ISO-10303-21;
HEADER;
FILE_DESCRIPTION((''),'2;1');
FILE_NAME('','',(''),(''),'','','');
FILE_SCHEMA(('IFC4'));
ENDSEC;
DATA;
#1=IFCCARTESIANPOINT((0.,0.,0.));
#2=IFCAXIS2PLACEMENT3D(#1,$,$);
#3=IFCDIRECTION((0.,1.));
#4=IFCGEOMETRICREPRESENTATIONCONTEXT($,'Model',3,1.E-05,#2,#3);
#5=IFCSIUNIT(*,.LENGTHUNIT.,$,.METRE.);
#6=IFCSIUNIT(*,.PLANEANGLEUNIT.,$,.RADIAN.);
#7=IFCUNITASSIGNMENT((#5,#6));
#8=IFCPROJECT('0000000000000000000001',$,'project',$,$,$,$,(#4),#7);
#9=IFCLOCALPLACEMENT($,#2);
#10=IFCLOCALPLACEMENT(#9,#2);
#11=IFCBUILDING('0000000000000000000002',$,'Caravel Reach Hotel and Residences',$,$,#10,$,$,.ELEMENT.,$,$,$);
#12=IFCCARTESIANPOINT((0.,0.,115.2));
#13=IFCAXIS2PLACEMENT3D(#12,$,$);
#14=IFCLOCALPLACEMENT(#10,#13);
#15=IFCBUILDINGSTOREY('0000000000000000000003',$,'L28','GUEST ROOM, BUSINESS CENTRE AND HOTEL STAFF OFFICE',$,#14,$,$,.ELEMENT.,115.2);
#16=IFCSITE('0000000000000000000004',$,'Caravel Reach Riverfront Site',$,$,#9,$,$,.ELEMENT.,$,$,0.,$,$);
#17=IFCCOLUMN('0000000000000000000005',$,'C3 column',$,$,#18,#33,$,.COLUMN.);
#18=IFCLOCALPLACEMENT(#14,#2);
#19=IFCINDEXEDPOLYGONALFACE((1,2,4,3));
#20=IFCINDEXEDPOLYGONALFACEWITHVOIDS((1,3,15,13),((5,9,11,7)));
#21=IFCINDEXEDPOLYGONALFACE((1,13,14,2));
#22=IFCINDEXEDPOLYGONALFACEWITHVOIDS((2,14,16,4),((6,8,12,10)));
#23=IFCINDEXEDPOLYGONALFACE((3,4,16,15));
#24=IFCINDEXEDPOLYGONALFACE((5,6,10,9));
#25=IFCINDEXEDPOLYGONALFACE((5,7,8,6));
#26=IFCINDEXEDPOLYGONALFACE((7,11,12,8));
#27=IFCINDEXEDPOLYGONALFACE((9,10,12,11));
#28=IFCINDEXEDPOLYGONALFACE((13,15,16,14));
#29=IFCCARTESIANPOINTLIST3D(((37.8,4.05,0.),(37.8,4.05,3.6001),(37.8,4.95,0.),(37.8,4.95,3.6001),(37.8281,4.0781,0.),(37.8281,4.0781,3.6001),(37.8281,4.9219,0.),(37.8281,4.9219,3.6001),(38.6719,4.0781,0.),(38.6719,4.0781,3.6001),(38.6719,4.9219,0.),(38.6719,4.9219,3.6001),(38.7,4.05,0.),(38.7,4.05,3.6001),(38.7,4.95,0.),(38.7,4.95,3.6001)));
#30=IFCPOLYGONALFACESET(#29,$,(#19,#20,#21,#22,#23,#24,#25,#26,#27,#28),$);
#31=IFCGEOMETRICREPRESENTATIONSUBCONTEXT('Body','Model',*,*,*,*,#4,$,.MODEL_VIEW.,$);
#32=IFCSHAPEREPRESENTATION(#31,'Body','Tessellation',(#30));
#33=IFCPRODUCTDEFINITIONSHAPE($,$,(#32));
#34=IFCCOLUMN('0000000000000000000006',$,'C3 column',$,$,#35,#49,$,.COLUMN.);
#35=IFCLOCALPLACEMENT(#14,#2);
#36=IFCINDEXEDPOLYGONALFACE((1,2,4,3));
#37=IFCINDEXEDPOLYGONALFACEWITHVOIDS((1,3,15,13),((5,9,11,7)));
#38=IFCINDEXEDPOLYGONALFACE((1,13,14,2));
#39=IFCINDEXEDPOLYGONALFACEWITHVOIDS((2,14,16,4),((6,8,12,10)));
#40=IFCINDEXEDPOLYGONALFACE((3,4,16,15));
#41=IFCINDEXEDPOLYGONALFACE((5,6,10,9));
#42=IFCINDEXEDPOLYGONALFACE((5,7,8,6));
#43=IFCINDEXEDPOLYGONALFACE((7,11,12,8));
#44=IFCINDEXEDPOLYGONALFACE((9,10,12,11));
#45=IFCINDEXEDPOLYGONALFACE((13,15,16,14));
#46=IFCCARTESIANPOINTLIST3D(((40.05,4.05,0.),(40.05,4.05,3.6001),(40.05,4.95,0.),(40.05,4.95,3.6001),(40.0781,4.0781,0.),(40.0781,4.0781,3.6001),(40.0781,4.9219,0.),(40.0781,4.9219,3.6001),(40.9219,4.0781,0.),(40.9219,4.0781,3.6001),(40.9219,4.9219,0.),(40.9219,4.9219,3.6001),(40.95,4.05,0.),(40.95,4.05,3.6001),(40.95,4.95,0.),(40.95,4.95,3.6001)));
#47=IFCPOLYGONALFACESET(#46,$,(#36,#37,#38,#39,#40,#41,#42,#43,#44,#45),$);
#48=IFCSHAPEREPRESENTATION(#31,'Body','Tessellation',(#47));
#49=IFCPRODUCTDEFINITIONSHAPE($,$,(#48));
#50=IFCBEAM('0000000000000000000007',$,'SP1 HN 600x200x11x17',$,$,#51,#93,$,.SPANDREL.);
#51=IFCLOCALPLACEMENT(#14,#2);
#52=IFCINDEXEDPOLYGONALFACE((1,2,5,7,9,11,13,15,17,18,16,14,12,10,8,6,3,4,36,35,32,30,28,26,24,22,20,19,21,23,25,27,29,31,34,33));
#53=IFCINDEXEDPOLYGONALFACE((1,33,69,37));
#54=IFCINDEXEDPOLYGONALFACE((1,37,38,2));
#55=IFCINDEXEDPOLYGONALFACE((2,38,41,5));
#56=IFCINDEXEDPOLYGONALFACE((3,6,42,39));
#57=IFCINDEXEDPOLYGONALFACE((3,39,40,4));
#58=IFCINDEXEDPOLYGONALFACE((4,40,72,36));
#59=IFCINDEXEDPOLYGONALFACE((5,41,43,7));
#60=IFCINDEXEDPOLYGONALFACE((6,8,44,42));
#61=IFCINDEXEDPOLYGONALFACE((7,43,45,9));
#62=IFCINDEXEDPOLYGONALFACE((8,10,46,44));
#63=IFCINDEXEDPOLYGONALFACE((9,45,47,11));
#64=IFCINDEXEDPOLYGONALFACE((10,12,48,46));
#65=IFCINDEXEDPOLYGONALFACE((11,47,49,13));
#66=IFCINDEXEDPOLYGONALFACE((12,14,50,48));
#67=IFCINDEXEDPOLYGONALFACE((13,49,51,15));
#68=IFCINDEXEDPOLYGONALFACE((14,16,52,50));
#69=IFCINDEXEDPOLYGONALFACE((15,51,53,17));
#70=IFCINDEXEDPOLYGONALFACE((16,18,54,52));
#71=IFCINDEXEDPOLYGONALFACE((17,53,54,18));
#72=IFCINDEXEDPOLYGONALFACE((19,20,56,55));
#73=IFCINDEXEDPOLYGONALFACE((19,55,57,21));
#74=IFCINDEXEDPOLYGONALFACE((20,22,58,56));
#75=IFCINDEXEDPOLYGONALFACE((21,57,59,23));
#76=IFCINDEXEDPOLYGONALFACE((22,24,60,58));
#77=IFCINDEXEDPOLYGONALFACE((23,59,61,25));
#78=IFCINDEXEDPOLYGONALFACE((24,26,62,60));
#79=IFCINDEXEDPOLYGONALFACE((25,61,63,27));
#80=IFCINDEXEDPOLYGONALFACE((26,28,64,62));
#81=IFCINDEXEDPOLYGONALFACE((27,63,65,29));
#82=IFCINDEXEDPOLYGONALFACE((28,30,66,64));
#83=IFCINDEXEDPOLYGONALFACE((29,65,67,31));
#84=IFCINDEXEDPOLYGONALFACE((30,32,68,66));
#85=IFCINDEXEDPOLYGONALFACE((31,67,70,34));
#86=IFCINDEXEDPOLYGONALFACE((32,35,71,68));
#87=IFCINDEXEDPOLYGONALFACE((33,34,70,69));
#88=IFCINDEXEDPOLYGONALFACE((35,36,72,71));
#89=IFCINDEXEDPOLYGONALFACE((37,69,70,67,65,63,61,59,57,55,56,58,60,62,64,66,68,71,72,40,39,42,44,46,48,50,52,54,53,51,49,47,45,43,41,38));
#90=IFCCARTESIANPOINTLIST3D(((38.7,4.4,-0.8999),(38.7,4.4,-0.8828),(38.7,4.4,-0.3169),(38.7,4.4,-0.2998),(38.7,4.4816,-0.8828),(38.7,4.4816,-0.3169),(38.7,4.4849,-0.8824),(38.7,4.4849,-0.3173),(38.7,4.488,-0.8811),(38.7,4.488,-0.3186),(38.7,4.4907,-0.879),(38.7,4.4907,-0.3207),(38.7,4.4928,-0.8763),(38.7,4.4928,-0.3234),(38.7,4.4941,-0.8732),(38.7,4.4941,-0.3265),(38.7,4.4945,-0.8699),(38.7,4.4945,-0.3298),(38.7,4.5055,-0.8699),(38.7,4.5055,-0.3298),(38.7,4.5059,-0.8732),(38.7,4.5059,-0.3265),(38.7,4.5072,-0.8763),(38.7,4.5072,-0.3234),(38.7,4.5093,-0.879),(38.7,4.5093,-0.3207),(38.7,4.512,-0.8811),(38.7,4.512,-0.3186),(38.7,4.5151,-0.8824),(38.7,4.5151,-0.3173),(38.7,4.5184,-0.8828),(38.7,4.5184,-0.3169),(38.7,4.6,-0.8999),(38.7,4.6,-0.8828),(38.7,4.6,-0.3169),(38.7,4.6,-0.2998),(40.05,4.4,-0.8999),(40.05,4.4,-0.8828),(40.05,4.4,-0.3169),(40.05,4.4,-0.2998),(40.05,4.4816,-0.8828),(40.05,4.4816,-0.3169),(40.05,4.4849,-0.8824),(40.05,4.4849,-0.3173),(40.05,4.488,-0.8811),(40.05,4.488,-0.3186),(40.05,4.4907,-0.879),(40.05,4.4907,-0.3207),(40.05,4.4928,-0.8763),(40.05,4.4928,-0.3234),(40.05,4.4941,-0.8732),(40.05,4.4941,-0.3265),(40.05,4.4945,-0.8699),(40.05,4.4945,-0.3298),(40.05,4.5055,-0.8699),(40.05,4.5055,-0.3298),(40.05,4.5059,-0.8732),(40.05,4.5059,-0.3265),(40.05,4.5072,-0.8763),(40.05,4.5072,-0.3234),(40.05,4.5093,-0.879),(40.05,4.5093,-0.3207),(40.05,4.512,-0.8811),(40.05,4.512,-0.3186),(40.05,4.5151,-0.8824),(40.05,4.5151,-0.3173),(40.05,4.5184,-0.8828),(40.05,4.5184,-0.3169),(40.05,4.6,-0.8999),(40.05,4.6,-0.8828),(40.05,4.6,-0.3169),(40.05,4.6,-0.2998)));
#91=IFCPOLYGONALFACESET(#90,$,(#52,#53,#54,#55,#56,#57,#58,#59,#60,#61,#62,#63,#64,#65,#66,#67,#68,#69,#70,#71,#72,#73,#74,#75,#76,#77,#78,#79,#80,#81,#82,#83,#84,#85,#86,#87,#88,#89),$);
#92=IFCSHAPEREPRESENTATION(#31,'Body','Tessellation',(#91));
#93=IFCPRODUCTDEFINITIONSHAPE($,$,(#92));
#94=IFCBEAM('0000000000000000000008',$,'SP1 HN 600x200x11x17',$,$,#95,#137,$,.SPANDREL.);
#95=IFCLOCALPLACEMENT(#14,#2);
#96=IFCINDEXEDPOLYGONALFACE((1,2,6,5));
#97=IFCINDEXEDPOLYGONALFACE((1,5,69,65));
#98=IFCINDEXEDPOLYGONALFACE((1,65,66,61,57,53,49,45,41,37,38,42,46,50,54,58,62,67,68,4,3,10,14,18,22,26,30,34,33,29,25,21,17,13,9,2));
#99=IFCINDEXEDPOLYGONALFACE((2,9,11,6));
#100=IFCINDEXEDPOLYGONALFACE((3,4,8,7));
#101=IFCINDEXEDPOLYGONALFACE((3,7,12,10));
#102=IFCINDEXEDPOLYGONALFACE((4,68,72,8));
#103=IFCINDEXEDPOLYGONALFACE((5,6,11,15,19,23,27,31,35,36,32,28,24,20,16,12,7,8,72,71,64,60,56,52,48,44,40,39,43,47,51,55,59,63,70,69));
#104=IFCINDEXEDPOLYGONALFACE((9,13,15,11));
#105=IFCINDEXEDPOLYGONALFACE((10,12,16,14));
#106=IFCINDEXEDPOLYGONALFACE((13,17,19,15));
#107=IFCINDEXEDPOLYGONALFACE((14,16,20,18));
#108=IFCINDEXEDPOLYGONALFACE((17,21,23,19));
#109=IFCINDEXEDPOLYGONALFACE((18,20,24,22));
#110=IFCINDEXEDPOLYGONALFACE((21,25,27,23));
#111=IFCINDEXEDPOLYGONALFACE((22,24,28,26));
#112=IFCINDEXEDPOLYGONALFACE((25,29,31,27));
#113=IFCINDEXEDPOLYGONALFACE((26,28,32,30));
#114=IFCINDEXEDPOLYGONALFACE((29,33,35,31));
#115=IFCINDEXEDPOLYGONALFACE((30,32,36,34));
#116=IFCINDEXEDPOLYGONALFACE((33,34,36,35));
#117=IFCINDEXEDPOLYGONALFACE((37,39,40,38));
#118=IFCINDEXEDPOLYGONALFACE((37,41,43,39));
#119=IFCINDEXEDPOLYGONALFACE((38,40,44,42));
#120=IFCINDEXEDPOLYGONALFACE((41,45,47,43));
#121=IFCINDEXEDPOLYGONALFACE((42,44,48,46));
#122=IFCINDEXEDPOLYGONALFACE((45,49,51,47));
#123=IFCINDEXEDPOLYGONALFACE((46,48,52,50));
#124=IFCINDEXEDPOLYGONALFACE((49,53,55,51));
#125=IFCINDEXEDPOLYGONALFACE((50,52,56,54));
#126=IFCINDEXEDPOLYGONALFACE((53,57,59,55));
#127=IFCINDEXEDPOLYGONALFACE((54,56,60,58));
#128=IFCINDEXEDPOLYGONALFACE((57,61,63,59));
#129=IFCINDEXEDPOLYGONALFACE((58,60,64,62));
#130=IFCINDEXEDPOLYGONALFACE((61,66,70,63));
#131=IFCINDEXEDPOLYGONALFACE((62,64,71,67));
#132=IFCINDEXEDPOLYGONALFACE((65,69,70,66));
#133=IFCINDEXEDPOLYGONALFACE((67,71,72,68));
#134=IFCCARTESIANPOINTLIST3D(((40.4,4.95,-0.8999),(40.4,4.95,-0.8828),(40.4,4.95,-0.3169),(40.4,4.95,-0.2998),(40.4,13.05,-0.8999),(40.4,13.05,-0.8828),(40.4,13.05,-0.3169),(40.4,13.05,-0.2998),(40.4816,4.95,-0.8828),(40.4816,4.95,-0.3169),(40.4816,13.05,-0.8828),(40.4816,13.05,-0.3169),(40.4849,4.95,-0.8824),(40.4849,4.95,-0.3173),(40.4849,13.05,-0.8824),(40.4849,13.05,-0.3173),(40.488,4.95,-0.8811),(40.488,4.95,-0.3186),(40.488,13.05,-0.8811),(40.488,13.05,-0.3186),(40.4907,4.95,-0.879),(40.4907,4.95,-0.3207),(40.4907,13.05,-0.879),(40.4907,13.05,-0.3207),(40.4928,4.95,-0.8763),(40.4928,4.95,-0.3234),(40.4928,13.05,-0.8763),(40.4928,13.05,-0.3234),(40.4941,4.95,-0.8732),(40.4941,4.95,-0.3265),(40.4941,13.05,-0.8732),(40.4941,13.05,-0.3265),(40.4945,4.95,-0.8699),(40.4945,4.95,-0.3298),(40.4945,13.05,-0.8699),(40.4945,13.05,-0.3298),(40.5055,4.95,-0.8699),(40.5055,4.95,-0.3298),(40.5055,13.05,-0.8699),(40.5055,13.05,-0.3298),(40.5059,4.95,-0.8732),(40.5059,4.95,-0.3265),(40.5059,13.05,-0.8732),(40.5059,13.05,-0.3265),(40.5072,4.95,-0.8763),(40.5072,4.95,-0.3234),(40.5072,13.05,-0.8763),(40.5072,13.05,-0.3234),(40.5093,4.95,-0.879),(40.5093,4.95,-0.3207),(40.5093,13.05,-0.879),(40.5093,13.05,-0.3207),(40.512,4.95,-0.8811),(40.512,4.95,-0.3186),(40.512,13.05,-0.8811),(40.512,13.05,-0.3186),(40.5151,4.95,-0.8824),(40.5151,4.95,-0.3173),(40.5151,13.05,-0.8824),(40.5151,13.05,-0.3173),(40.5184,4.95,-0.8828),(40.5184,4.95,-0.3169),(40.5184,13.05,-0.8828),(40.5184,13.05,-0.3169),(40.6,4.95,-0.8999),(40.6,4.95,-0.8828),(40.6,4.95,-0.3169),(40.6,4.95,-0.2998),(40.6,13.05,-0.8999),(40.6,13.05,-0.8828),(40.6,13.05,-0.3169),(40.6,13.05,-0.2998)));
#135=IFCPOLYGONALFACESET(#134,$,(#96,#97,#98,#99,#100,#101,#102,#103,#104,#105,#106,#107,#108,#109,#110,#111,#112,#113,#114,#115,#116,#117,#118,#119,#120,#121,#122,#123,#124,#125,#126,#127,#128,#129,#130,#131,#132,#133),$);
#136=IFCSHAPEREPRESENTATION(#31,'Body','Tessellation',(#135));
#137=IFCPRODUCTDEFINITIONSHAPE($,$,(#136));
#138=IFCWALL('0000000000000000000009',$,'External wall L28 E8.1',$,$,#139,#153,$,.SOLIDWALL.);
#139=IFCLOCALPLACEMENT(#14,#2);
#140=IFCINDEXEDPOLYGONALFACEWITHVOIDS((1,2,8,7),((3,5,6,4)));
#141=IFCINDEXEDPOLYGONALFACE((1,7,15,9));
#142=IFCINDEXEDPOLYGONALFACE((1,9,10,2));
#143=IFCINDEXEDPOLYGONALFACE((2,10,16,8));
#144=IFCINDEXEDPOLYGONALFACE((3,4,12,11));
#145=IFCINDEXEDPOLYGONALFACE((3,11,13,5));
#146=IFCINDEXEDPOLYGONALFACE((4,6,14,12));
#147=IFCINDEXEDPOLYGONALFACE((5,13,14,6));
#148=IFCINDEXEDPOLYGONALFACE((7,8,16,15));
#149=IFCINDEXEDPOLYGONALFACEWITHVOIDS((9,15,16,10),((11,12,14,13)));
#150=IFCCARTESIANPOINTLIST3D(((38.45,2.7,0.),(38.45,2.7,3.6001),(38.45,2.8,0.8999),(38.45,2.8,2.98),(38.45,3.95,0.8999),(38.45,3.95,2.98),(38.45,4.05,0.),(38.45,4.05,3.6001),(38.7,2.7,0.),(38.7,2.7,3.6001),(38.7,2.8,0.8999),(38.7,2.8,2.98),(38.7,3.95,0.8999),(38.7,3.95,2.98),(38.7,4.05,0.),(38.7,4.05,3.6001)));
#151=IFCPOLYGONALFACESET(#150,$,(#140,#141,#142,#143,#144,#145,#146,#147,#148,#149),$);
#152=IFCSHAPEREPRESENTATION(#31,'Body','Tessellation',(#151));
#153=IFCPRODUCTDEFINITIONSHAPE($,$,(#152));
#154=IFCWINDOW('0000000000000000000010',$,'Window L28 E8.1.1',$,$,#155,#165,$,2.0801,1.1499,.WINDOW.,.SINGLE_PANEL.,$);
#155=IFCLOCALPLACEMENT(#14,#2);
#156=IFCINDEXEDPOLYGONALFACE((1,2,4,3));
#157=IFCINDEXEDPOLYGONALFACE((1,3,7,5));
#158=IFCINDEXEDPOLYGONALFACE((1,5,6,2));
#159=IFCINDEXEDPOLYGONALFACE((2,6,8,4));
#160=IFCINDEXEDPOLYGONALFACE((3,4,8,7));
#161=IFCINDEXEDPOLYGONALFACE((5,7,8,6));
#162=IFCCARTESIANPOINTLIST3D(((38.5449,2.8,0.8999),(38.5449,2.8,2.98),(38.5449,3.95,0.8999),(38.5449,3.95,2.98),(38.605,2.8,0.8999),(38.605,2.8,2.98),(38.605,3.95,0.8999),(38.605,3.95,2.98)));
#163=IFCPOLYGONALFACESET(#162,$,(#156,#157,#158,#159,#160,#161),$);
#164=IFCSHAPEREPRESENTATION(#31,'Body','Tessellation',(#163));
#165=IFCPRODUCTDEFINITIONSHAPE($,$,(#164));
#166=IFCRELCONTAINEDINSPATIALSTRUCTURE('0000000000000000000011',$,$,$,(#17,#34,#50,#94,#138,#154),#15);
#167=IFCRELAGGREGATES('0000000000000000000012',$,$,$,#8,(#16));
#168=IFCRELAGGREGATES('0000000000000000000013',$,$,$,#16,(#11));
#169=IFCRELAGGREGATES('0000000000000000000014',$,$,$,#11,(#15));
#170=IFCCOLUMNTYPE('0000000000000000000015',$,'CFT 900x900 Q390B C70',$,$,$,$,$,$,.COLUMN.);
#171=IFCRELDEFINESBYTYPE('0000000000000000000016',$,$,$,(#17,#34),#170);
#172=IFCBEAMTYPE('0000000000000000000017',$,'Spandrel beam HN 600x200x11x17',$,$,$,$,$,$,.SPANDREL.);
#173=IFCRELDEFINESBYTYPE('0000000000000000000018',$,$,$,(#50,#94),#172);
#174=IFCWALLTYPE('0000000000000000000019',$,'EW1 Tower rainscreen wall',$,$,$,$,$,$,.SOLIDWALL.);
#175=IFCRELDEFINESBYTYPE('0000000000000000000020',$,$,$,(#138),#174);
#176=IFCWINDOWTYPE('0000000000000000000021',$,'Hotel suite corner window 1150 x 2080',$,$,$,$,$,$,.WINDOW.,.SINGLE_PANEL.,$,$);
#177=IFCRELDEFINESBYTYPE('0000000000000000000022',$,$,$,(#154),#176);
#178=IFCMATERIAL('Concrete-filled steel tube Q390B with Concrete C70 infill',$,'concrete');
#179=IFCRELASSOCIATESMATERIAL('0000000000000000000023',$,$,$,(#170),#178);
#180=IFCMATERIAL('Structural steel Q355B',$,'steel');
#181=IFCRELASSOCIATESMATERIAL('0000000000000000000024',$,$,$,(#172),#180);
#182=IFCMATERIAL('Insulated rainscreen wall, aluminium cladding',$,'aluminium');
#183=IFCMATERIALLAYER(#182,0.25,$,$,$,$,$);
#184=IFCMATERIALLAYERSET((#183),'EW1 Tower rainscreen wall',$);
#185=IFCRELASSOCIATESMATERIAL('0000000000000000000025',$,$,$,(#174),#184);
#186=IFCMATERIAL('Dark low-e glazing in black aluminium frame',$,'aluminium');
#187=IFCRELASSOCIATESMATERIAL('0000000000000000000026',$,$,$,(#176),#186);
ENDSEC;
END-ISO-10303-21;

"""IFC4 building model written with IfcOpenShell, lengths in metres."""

from ifc_helpers import new_model, si_unit, direction, frame, frame_2d, origin, origin_2d, place, context, subcontext, project, spatial, rectangle, hollow_rectangle, i_section, extrude, material, layer, layer_set, material_profile, profile_set, type_object, element, fill, save


model = new_model("IFC4")

# Units and contexts
model_context = context("Model", 3, precision=1e-05, world=origin(), true_north=direction((0.0, 1.0)))
body_context = subcontext(model_context, "Body", "Model", "MODEL_VIEW")
ifc_project = project(units=[si_unit("LENGTHUNIT", "METRE"), si_unit("PLANEANGLEUNIT", "RADIAN")], contexts=[model_context])

# Site, building, storey
site_placement = place(None, origin())
site = spatial("IfcSite", under=ifc_project, at=site_placement, Name="Caravel Reach Riverfront Site", CompositionType="ELEMENT", RefElevation=0.0)
building_placement = place(site_placement, origin())
building = spatial("IfcBuilding", under=site, at=building_placement, Name="Caravel Reach Hotel and Residences", CompositionType="ELEMENT")
storey_placement = place(building_placement, frame((0.0, 0.0, 115.2)))
storey = spatial("IfcBuildingStorey", under=building, at=storey_placement, Name="L28", Description="GUEST ROOM, BUSINESS CENTRE AND HOTEL STAFF OFFICE", CompositionType="ELEMENT", Elevation=115.2)

# Columns
ifc_material_1 = material(Name="Concrete-filled steel tube Q390B with Concrete C70 infill", Category="concrete")
ifc_material_profile_1 = material_profile(ifc_material_1, hollow_rectangle(XDim=0.8999, YDim=0.8999, WallThickness=0.0281, at=origin_2d()), Name="RHS 900x900x28")
ifc_profile_set_1 = profile_set([ifc_material_profile_1], Name="Concrete-filled steel tube Q390B with Concrete C70 infill")
column_type = type_object("IfcColumnType", Name="CFT 900x900 Q390B C70", PredefinedType="COLUMN", material=ifc_profile_set_1)
for number, where, z_axis, x_axis, name in (
    (1, (38.25, 4.5, 0.0), (0.0, 0.0, 1.0), (1.0, 0.0, 0.0), "C3 column"),
    (2, (40.5, 4.5, 0.0), (0.0, 0.0, 1.0), (1.0, 0.0, 0.0), "C3 column"),
):
    element("IfcColumn", number, at=place(storey_placement, frame(where, z_axis=z_axis, x_axis=x_axis)), inside=storey, type_object=column_type, Name=name, PredefinedType="COLUMN", context=body_context, shape_type="SweptSolid", body=[
        extrude(hollow_rectangle(XDim=0.8999, YDim=0.8999, WallThickness=0.0281, at=origin_2d()), origin(), (0.0, 0.0, 1.0), 3.6001),
    ])

# Beams
ifc_material_2 = material(Name="Structural steel Q355B", Category="steel")
ifc_material_profile_2 = material_profile(ifc_material_2, i_section(OverallWidth=0.2, OverallDepth=0.6001, WebThickness=0.011, FlangeThickness=0.0171, FilletRadius=0.0129, at=origin_2d()), Name="HN 600x200x11x17")
ifc_profile_set_2 = profile_set([ifc_material_profile_2], Name="Structural steel Q355B")
beam_type = type_object("IfcBeamType", Name="Spandrel beam HN 600x200x11x17", PredefinedType="SPANDREL", material=ifc_profile_set_2)
beam_1_placement = place(storey_placement, frame((38.7, 4.5, -0.5999), z_axis=(1.0, 0.0, 0.0), x_axis=(0.0, 1.0, 0.0)))
element("IfcBeam", 3, at=beam_1_placement, inside=storey, type_object=beam_type, Name="SP1 HN 600x200x11x17", PredefinedType="SPANDREL", context=body_context, shape_type="SweptSolid", body=[
    extrude(i_section(OverallWidth=0.2, OverallDepth=0.6001, WebThickness=0.011, FlangeThickness=0.0171, FilletRadius=0.0129, at=origin_2d()), origin(), (0.0, 0.0, 1.0), 1.3501),
])
beam_2_placement = place(storey_placement, frame((40.5, 4.95, -0.5999), z_axis=(0.0, 1.0, 0.0), x_axis=(-1.0, 0.0, 0.0)))
element("IfcBeam", 4, at=beam_2_placement, inside=storey, type_object=beam_type, Name="SP1 HN 600x200x11x17", PredefinedType="SPANDREL", context=body_context, shape_type="SweptSolid", body=[
    extrude(i_section(OverallWidth=0.2, OverallDepth=0.6001, WebThickness=0.011, FlangeThickness=0.0171, FilletRadius=0.0129, at=origin_2d()), origin(), (0.0, 0.0, 1.0), 8.1001),
])

# Wall, opening, window
ifc_material_3 = material(Name="Insulated rainscreen wall, aluminium cladding", Category="aluminium")
ifc_layer = layer(ifc_material_3, 0.25)
ifc_layer_set = layer_set([ifc_layer], Name="EW1 Tower rainscreen wall")
wall_type = type_object("IfcWallType", Name="EW1 Tower rainscreen wall", PredefinedType="SOLIDWALL", material=ifc_layer_set)
wall_1_placement = place(storey_placement, frame((38.575, 2.7, 0.0), z_axis=(0.0, 0.0, 1.0), x_axis=(0.0, 1.0, 0.0)))
wall_1 = element("IfcWall", 5, at=wall_1_placement, inside=storey, type_object=wall_type, Name="External wall L28 E8.1", PredefinedType="SOLIDWALL", context=body_context, shape_type="SweptSolid", body=[
    extrude(rectangle(XDim=1.3501, YDim=0.25, at=frame_2d((0.675, 0.0))), origin(), (0.0, 0.0, 1.0), 3.6001),
])
opening_1_placement = place(wall_1_placement, frame((0.1001, 0.0, 0.8999)))
opening_1 = element("IfcOpeningElement", 6, at=opening_1_placement, cuts=wall_1, PredefinedType="OPENING", context=body_context, shape_type="SweptSolid", body=[
    extrude(rectangle(XDim=1.1499, YDim=2.0801, at=frame_2d((0.575, 1.04))), frame((0.0, 0.135, 0.0), z_axis=(0.0, -1.0, 0.0), x_axis=(1.0, 0.0, 0.0)), (0.0, 0.0, 1.0), 0.27),
])
ifc_material_4 = material(Name="Dark low-e glazing in black aluminium frame", Category="aluminium")
window_type_1 = type_object("IfcWindowType", Name="Hotel suite corner window 1150 x 2080", PartitioningType="SINGLE_PANEL", PredefinedType="WINDOW", material=ifc_material_4)
window_1_placement = place(opening_1_placement, origin())
window_1 = element("IfcWindow", 7, at=window_1_placement, inside=storey, type_object=window_type_1, Name="Window L28 E8.1.1", OverallHeight=2.0801, OverallWidth=1.1499, PartitioningType="SINGLE_PANEL", PredefinedType="WINDOW", context=body_context, shape_type="SweptSolid", body=[
    extrude(rectangle(XDim=1.1499, YDim=2.0801, at=frame_2d((0.575, 1.04))), frame((0.0, 0.03, 0.0), z_axis=(0.0, -1.0, 0.0), x_axis=(1.0, 0.0, 0.0)), (0.0, 0.0, 1.0), 0.0601),
])
fill(opening_1, window_1)

save(model, "model.ifc")
